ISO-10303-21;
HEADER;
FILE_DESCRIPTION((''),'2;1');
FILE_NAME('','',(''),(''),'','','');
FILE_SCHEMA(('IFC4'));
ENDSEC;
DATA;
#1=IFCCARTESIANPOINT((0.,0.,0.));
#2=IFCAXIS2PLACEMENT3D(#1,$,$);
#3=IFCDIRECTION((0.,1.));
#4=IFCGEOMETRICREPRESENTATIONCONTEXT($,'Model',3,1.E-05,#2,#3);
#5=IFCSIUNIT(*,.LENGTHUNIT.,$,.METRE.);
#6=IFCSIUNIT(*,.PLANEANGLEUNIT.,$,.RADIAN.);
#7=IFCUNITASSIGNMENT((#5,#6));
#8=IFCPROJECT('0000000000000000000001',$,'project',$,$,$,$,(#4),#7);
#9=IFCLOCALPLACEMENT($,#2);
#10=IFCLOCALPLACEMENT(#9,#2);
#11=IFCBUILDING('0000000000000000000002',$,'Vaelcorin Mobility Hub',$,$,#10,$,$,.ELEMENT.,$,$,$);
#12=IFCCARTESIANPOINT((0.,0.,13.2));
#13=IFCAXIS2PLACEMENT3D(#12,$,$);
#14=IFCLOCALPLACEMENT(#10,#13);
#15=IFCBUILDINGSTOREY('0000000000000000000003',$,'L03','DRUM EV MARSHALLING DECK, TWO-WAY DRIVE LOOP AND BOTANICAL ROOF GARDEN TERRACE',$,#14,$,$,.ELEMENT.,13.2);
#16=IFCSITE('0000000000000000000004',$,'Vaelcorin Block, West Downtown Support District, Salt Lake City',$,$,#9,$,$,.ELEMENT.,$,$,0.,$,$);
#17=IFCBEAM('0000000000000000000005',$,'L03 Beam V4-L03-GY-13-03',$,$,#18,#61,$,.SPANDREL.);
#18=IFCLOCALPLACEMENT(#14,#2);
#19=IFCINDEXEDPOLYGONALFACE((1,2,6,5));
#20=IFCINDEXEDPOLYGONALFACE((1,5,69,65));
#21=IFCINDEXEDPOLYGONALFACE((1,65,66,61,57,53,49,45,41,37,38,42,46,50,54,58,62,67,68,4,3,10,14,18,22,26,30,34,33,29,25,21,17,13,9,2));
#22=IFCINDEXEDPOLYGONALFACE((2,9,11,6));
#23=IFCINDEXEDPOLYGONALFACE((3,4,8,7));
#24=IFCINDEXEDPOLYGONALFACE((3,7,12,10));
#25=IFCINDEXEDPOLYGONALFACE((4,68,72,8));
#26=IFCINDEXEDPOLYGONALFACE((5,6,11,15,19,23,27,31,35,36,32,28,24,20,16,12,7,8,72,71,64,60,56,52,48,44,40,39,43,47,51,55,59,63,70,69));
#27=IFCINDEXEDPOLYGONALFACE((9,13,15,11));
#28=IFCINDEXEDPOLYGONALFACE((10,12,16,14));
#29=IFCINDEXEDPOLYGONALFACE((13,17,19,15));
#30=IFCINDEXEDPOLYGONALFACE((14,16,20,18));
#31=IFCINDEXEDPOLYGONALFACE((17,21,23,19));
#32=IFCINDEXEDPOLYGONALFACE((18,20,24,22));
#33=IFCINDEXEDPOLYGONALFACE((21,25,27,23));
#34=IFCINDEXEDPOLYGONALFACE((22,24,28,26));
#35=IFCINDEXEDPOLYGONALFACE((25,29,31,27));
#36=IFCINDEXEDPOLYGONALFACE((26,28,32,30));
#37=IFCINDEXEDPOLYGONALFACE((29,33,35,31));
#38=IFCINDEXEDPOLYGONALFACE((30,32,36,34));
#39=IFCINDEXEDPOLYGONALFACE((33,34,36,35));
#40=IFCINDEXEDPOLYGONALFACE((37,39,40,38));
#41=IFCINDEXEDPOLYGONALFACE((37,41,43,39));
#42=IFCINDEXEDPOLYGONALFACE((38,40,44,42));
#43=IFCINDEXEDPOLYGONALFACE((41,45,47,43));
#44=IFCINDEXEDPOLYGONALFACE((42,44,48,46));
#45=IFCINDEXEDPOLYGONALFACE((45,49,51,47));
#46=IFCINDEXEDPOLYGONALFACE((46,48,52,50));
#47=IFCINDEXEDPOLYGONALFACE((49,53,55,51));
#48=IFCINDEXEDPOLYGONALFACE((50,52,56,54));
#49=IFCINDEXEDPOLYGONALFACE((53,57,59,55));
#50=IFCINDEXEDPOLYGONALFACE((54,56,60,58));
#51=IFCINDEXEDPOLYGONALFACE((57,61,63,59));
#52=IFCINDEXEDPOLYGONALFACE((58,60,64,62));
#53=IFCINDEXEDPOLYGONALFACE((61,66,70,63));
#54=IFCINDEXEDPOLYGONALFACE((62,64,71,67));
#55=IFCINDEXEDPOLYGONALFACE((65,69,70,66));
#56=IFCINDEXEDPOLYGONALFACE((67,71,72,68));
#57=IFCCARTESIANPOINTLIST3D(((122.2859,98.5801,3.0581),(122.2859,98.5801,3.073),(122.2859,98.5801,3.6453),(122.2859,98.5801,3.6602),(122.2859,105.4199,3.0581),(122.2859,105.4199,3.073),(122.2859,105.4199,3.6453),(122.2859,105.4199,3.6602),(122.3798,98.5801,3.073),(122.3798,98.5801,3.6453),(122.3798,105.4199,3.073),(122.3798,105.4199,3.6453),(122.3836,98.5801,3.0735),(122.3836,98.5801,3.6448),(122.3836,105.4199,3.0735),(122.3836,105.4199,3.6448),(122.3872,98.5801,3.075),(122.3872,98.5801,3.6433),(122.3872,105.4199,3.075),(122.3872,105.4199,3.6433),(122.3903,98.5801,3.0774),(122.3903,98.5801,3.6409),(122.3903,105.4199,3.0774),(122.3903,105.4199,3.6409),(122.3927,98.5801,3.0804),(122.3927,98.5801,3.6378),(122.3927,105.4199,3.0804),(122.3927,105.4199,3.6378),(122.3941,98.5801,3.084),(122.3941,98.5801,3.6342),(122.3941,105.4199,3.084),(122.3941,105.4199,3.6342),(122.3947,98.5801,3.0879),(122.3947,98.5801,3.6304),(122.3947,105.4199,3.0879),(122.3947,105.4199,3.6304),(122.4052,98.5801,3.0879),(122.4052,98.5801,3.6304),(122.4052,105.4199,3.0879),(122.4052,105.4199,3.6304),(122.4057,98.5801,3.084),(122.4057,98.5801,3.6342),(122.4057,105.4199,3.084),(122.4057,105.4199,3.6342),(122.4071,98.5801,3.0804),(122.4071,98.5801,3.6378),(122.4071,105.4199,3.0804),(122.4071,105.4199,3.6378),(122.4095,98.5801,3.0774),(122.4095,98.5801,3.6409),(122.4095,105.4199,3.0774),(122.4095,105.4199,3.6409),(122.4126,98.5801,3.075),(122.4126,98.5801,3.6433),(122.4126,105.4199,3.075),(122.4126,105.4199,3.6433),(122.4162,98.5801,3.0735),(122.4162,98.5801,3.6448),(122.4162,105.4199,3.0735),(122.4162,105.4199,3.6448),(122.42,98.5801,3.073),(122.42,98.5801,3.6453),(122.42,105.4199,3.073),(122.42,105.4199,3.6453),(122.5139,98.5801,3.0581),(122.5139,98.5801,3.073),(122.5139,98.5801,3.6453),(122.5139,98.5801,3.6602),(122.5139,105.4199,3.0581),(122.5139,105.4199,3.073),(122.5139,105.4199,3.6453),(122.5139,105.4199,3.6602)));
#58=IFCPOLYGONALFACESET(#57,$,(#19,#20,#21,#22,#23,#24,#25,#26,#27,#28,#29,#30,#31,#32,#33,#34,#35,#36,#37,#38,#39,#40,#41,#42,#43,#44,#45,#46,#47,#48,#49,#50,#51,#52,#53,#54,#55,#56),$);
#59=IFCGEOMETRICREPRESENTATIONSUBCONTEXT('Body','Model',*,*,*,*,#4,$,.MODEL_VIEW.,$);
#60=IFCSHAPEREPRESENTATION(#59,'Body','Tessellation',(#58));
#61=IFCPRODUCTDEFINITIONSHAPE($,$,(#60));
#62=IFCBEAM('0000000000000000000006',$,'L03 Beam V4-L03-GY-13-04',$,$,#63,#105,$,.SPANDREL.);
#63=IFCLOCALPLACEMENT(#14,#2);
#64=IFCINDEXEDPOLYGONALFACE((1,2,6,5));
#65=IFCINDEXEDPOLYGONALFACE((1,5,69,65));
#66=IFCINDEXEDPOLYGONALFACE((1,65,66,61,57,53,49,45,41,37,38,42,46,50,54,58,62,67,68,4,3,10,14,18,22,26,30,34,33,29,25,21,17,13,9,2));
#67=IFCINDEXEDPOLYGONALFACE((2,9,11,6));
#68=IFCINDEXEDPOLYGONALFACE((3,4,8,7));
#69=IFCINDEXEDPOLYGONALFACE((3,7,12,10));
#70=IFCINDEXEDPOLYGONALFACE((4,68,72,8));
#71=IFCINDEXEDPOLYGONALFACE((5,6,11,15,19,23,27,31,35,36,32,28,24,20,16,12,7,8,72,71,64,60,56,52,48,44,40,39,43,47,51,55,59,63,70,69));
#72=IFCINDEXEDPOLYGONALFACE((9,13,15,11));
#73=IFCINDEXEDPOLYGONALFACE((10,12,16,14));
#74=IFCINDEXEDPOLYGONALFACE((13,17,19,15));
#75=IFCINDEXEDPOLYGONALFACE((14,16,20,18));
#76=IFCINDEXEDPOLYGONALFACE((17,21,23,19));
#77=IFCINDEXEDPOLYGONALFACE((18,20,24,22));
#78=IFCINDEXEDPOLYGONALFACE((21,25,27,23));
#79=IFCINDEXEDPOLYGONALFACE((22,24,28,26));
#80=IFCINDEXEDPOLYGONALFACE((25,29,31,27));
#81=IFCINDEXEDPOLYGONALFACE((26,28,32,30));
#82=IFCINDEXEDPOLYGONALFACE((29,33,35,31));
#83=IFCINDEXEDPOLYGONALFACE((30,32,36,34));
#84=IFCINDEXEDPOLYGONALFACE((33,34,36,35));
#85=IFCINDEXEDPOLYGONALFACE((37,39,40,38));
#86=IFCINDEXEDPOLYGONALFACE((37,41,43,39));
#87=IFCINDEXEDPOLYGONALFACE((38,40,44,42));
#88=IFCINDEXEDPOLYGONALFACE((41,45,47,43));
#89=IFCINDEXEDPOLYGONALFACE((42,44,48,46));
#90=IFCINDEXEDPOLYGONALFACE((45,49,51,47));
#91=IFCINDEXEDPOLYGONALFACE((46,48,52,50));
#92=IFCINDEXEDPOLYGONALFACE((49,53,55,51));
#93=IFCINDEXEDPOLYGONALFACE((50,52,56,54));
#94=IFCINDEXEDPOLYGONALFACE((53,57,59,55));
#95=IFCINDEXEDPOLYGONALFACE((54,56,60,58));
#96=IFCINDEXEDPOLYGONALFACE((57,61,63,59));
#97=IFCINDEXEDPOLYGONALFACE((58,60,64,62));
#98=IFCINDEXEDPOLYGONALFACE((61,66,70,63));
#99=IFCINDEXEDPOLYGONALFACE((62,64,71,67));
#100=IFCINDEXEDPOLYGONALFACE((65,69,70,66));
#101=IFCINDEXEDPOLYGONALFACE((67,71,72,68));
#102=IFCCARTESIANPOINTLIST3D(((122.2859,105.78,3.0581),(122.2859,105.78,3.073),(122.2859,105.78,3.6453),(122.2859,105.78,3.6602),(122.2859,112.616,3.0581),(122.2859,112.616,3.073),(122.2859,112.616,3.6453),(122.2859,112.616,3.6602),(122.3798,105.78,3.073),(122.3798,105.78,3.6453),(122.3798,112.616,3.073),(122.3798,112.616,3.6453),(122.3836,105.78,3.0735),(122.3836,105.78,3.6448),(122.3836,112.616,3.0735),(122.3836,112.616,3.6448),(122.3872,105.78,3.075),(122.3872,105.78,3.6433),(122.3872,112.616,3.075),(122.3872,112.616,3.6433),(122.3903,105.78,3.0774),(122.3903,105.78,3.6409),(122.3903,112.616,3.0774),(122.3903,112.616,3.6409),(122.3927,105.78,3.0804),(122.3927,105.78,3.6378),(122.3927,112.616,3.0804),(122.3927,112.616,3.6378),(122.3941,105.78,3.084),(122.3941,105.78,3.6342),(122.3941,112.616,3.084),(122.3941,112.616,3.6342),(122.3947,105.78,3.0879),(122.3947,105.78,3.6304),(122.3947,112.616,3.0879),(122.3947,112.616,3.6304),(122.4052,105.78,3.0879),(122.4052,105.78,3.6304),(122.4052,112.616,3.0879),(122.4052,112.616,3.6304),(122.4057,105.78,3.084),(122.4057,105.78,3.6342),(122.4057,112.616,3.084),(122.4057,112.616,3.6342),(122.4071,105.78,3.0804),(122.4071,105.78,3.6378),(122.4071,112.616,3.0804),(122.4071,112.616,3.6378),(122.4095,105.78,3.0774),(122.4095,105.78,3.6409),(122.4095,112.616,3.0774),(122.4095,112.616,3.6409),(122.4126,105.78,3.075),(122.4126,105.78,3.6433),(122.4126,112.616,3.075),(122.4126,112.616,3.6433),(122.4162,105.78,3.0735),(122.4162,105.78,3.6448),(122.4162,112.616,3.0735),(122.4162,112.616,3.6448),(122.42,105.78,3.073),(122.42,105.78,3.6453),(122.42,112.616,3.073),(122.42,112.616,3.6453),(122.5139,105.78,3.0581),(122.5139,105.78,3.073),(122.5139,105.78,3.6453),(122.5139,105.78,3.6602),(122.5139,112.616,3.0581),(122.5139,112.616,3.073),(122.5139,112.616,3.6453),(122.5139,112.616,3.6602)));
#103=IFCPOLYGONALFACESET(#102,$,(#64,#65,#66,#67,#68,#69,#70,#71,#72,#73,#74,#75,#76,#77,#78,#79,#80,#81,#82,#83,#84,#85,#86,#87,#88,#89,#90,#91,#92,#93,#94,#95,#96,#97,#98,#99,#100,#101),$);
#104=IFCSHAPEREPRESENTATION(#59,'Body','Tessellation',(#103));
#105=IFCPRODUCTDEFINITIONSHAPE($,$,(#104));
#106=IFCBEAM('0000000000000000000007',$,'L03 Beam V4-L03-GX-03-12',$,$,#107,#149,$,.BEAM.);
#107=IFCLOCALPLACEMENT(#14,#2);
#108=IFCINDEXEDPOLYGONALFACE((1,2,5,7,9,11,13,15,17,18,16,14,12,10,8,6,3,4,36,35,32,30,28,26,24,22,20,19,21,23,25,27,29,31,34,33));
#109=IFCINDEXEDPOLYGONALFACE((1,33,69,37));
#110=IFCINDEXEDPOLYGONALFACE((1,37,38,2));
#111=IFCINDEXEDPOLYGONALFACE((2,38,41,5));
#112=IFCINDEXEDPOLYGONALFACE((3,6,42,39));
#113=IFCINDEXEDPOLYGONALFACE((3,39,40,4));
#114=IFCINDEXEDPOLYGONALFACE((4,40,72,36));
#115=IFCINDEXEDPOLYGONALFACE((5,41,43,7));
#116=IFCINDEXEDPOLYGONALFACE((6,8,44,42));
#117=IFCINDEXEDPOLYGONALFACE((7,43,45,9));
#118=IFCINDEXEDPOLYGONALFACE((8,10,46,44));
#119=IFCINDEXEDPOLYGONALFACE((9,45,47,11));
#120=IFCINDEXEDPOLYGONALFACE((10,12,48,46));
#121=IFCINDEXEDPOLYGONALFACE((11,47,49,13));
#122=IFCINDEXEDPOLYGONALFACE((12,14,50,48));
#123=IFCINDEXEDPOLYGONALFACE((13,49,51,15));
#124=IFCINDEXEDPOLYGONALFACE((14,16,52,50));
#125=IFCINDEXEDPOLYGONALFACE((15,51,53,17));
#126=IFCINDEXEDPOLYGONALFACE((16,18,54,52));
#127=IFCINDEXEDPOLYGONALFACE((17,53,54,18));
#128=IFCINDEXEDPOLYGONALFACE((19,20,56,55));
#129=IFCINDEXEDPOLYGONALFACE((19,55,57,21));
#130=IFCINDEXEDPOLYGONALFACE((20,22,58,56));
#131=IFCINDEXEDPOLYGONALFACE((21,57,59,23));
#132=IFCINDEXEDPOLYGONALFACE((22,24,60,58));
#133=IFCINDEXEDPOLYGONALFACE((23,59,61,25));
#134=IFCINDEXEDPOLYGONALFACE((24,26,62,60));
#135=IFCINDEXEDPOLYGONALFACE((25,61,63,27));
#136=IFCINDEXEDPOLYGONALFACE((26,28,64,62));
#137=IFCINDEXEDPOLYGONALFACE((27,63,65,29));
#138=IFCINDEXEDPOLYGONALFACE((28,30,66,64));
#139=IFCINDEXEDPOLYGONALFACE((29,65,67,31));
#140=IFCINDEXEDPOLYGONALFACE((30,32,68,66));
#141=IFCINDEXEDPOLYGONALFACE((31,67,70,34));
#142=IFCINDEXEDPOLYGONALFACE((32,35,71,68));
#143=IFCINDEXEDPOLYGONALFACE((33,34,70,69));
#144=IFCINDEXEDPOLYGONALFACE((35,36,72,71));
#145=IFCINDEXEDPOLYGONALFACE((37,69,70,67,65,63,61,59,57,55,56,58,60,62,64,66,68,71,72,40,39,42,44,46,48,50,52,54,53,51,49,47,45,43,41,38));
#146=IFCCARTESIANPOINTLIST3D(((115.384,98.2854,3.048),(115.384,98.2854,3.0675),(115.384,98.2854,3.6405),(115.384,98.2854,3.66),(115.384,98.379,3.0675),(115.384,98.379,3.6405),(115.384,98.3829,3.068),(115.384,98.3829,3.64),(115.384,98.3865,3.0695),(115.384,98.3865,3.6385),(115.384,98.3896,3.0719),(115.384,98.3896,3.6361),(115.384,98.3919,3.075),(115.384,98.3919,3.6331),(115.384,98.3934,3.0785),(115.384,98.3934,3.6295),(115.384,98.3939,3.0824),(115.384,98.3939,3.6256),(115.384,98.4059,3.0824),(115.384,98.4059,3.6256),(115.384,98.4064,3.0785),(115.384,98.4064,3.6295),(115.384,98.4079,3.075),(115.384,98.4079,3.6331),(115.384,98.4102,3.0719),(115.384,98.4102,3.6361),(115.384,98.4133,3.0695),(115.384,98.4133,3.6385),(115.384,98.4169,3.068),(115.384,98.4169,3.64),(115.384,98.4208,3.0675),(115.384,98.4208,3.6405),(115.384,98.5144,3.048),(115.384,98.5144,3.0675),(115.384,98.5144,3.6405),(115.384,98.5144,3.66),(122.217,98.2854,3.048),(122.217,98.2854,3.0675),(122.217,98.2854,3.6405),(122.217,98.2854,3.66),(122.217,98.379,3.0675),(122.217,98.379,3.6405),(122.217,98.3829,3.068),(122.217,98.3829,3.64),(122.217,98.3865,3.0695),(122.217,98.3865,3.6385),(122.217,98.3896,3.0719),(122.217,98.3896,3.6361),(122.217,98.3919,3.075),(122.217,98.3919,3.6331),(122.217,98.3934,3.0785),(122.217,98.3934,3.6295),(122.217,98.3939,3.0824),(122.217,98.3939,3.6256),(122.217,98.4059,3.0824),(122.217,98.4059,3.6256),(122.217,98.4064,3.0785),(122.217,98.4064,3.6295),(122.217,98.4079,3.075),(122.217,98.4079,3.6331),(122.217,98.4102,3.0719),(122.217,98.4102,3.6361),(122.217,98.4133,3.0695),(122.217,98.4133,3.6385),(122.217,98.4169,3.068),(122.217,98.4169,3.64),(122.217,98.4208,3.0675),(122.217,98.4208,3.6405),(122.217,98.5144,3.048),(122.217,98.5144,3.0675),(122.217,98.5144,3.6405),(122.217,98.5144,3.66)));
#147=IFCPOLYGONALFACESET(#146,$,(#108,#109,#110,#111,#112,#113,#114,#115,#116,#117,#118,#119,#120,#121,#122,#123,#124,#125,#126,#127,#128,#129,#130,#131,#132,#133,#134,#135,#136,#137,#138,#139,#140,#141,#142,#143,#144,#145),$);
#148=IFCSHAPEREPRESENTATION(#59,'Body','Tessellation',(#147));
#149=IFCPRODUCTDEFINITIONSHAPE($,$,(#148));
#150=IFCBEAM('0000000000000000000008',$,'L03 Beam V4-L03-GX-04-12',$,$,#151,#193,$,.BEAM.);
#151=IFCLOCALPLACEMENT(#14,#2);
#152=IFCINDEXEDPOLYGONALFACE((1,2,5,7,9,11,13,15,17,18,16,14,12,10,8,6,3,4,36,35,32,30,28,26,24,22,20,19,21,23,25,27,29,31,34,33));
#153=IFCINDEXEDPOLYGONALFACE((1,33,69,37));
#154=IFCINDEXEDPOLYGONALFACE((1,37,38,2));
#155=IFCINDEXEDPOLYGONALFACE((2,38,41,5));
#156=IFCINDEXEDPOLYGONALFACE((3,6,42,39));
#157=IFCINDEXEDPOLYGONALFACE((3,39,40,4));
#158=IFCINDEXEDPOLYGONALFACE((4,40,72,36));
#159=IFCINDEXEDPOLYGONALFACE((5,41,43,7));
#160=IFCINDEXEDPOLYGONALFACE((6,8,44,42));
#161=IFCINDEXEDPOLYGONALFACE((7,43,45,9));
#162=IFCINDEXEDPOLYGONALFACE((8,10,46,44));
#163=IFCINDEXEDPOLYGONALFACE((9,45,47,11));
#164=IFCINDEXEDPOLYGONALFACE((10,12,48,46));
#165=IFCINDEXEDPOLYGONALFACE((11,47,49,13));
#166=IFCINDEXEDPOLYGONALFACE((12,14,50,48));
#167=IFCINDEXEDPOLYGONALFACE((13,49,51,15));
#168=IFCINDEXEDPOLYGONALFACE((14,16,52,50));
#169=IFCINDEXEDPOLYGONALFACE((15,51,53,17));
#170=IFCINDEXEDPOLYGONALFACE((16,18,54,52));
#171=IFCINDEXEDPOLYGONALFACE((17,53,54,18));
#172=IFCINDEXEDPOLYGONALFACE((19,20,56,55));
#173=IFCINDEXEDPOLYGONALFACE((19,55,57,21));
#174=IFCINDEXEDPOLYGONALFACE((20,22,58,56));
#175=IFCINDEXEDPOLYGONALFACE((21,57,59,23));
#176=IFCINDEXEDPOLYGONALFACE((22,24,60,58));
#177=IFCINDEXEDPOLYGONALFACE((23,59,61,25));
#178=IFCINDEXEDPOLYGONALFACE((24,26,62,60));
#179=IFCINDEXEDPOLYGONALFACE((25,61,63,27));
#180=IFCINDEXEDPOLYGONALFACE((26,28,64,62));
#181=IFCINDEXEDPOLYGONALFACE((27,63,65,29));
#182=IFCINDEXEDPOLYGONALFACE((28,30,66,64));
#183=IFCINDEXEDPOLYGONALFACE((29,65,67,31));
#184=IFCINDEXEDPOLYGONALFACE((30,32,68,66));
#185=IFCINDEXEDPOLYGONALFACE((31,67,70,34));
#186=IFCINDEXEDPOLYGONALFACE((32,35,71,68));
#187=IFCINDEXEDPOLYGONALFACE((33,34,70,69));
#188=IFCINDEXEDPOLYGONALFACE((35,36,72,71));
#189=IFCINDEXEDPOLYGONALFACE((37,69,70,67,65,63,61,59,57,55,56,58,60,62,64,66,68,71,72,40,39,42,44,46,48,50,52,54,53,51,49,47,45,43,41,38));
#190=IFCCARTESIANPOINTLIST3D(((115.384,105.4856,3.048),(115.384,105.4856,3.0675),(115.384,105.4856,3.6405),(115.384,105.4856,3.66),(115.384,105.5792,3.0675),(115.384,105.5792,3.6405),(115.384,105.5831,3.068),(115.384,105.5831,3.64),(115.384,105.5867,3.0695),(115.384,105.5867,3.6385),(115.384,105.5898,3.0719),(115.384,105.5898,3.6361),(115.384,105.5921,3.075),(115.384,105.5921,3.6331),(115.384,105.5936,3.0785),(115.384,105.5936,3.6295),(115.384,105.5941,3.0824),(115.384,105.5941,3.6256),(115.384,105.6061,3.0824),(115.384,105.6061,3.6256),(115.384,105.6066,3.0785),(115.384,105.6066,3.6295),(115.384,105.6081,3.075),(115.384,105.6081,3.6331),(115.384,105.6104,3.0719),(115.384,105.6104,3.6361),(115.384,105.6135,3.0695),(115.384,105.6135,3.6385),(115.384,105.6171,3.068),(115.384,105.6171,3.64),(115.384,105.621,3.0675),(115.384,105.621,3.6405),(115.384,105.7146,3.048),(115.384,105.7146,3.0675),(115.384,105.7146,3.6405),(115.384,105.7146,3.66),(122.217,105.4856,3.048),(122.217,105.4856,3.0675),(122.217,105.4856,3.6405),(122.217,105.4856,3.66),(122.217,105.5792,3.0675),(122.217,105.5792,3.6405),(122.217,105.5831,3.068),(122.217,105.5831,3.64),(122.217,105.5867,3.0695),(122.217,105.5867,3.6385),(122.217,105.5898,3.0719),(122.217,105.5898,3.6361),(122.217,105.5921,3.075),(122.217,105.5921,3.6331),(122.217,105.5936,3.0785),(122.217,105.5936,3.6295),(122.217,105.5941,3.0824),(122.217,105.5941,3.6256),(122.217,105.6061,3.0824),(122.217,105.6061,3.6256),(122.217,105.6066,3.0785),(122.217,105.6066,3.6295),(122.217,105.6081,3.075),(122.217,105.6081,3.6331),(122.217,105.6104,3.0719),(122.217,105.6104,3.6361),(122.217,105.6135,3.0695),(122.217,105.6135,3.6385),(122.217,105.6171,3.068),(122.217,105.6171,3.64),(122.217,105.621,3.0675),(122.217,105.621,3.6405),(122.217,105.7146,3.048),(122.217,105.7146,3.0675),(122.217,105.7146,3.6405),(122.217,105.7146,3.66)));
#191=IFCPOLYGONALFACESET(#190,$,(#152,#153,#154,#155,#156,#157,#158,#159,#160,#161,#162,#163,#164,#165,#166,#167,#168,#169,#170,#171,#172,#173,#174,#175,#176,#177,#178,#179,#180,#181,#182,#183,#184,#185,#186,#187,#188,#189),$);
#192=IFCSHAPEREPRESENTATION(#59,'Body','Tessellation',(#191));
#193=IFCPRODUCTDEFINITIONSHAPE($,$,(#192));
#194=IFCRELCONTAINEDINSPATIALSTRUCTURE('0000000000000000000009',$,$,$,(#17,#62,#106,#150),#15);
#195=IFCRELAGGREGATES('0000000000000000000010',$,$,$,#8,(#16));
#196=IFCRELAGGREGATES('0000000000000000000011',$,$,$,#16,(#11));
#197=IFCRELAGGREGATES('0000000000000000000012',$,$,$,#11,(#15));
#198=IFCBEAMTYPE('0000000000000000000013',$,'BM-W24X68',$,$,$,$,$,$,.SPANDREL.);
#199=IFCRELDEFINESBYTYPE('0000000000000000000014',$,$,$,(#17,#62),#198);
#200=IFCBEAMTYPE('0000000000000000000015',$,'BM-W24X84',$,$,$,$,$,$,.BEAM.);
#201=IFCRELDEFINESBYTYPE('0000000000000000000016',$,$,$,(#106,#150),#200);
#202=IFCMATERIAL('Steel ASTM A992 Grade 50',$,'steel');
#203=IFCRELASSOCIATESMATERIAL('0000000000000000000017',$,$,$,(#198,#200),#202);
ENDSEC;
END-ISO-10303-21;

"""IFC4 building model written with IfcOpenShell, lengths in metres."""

from ifc_helpers import new_model, si_unit, direction, frame, origin, origin_2d, place, context, subcontext, project, spatial, i_section, extrude, material, material_profile, profile_set, type_object, element, save


model = new_model("IFC4")

# Units and contexts
model_context = context("Model", 3, precision=1e-05, world=origin(), true_north=direction((0.0, 1.0)))
body_context = subcontext(model_context, "Body", "Model", "MODEL_VIEW")
ifc_project = project(units=[si_unit("LENGTHUNIT", "METRE"), si_unit("PLANEANGLEUNIT", "RADIAN")], contexts=[model_context])

# Site, building, storey
site_placement = place(None, origin())
site = spatial("IfcSite", under=ifc_project, at=site_placement, Name="Vaelcorin Block, West Downtown Support District, Salt Lake City", CompositionType="ELEMENT", RefElevation=0.0)
building_placement = place(site_placement, origin())
building = spatial("IfcBuilding", under=site, at=building_placement, Name="Vaelcorin Mobility Hub", CompositionType="ELEMENT")
storey_placement = place(building_placement, frame((0.0, 0.0, 13.2)))
storey = spatial("IfcBuildingStorey", under=building, at=storey_placement, Name="L03", Description="DRUM EV MARSHALLING DECK, TWO-WAY DRIVE LOOP AND BOTANICAL ROOF GARDEN TERRACE", CompositionType="ELEMENT", Elevation=13.2)

# Shared definitions
ifc_material_1 = material(Name="Steel ASTM A992 Grade 50", Category="steel")

# Beams
ifc_material_profile_1 = material_profile(ifc_material_1, i_section(OverallWidth=0.228, OverallDepth=0.6021, WebThickness=0.0105, FlangeThickness=0.0149, FilletRadius=0.0149, at=origin_2d()), Name="W24X68")
ifc_profile_set_1 = profile_set([ifc_material_profile_1], Name="Steel ASTM A992 Grade 50")
beam_type_1 = type_object("IfcBeamType", Name="BM-W24X68", PredefinedType="SPANDREL", material=ifc_profile_set_1)
beam_1_placement = place(storey_placement, frame((122.3999, 98.5801, 3.3591), z_axis=(0.0, 1.0, 0.0), x_axis=(-1.0, 0.0, 0.0)))
element("IfcBeam", 1, at=beam_1_placement, inside=storey, type_object=beam_type_1, Name="L03 Beam V4-L03-GY-13-03", PredefinedType="SPANDREL", context=body_context, shape_type="SweptSolid", body=[
    extrude(i_section(OverallWidth=0.228, OverallDepth=0.6021, WebThickness=0.0105, FlangeThickness=0.0149, FilletRadius=0.0149, at=origin_2d()), origin(), (0.0, 0.0, 1.0), 6.8398),
])
beam_2_placement = place(storey_placement, frame((122.3999, 105.78, 3.3591), z_axis=(0.0, 1.0, 0.0), x_axis=(-1.0, 0.0, 0.0)))
element("IfcBeam", 2, at=beam_2_placement, inside=storey, type_object=beam_type_1, Name="L03 Beam V4-L03-GY-13-04", PredefinedType="SPANDREL", context=body_context, shape_type="SweptSolid", body=[
    extrude(i_section(OverallWidth=0.228, OverallDepth=0.6021, WebThickness=0.0105, FlangeThickness=0.0149, FilletRadius=0.0149, at=origin_2d()), origin(), (0.0, 0.0, 1.0), 6.8359),
])
ifc_material_profile_2 = material_profile(ifc_material_1, i_section(OverallWidth=0.229, OverallDepth=0.6121, WebThickness=0.012, FlangeThickness=0.0195, FilletRadius=0.0149, at=origin_2d()), Name="W24X84")
ifc_profile_set_2 = profile_set([ifc_material_profile_2], Name="Steel ASTM A992 Grade 50")
beam_type_2 = type_object("IfcBeamType", Name="BM-W24X84", PredefinedType="BEAM", material=ifc_profile_set_2)
for number, where, z_axis, x_axis, name in (
    (3, (115.384, 98.3999, 3.354), (1.0, 0.0, 0.0), (0.0, 1.0, 0.0), "L03 Beam V4-L03-GX-03-12"),
    (4, (115.384, 105.6001, 3.354), (1.0, 0.0, 0.0), (0.0, 1.0, 0.0), "L03 Beam V4-L03-GX-04-12"),
):
    element("IfcBeam", number, at=place(storey_placement, frame(where, z_axis=z_axis, x_axis=x_axis)), inside=storey, type_object=beam_type_2, Name=name, PredefinedType="BEAM", context=body_context, shape_type="SweptSolid", body=[
        extrude(i_section(OverallWidth=0.229, OverallDepth=0.6121, WebThickness=0.012, FlangeThickness=0.0195, FilletRadius=0.0149, at=origin_2d()), origin(), (0.0, 0.0, 1.0), 6.833),
    ])

save(model, "model.ifc")
